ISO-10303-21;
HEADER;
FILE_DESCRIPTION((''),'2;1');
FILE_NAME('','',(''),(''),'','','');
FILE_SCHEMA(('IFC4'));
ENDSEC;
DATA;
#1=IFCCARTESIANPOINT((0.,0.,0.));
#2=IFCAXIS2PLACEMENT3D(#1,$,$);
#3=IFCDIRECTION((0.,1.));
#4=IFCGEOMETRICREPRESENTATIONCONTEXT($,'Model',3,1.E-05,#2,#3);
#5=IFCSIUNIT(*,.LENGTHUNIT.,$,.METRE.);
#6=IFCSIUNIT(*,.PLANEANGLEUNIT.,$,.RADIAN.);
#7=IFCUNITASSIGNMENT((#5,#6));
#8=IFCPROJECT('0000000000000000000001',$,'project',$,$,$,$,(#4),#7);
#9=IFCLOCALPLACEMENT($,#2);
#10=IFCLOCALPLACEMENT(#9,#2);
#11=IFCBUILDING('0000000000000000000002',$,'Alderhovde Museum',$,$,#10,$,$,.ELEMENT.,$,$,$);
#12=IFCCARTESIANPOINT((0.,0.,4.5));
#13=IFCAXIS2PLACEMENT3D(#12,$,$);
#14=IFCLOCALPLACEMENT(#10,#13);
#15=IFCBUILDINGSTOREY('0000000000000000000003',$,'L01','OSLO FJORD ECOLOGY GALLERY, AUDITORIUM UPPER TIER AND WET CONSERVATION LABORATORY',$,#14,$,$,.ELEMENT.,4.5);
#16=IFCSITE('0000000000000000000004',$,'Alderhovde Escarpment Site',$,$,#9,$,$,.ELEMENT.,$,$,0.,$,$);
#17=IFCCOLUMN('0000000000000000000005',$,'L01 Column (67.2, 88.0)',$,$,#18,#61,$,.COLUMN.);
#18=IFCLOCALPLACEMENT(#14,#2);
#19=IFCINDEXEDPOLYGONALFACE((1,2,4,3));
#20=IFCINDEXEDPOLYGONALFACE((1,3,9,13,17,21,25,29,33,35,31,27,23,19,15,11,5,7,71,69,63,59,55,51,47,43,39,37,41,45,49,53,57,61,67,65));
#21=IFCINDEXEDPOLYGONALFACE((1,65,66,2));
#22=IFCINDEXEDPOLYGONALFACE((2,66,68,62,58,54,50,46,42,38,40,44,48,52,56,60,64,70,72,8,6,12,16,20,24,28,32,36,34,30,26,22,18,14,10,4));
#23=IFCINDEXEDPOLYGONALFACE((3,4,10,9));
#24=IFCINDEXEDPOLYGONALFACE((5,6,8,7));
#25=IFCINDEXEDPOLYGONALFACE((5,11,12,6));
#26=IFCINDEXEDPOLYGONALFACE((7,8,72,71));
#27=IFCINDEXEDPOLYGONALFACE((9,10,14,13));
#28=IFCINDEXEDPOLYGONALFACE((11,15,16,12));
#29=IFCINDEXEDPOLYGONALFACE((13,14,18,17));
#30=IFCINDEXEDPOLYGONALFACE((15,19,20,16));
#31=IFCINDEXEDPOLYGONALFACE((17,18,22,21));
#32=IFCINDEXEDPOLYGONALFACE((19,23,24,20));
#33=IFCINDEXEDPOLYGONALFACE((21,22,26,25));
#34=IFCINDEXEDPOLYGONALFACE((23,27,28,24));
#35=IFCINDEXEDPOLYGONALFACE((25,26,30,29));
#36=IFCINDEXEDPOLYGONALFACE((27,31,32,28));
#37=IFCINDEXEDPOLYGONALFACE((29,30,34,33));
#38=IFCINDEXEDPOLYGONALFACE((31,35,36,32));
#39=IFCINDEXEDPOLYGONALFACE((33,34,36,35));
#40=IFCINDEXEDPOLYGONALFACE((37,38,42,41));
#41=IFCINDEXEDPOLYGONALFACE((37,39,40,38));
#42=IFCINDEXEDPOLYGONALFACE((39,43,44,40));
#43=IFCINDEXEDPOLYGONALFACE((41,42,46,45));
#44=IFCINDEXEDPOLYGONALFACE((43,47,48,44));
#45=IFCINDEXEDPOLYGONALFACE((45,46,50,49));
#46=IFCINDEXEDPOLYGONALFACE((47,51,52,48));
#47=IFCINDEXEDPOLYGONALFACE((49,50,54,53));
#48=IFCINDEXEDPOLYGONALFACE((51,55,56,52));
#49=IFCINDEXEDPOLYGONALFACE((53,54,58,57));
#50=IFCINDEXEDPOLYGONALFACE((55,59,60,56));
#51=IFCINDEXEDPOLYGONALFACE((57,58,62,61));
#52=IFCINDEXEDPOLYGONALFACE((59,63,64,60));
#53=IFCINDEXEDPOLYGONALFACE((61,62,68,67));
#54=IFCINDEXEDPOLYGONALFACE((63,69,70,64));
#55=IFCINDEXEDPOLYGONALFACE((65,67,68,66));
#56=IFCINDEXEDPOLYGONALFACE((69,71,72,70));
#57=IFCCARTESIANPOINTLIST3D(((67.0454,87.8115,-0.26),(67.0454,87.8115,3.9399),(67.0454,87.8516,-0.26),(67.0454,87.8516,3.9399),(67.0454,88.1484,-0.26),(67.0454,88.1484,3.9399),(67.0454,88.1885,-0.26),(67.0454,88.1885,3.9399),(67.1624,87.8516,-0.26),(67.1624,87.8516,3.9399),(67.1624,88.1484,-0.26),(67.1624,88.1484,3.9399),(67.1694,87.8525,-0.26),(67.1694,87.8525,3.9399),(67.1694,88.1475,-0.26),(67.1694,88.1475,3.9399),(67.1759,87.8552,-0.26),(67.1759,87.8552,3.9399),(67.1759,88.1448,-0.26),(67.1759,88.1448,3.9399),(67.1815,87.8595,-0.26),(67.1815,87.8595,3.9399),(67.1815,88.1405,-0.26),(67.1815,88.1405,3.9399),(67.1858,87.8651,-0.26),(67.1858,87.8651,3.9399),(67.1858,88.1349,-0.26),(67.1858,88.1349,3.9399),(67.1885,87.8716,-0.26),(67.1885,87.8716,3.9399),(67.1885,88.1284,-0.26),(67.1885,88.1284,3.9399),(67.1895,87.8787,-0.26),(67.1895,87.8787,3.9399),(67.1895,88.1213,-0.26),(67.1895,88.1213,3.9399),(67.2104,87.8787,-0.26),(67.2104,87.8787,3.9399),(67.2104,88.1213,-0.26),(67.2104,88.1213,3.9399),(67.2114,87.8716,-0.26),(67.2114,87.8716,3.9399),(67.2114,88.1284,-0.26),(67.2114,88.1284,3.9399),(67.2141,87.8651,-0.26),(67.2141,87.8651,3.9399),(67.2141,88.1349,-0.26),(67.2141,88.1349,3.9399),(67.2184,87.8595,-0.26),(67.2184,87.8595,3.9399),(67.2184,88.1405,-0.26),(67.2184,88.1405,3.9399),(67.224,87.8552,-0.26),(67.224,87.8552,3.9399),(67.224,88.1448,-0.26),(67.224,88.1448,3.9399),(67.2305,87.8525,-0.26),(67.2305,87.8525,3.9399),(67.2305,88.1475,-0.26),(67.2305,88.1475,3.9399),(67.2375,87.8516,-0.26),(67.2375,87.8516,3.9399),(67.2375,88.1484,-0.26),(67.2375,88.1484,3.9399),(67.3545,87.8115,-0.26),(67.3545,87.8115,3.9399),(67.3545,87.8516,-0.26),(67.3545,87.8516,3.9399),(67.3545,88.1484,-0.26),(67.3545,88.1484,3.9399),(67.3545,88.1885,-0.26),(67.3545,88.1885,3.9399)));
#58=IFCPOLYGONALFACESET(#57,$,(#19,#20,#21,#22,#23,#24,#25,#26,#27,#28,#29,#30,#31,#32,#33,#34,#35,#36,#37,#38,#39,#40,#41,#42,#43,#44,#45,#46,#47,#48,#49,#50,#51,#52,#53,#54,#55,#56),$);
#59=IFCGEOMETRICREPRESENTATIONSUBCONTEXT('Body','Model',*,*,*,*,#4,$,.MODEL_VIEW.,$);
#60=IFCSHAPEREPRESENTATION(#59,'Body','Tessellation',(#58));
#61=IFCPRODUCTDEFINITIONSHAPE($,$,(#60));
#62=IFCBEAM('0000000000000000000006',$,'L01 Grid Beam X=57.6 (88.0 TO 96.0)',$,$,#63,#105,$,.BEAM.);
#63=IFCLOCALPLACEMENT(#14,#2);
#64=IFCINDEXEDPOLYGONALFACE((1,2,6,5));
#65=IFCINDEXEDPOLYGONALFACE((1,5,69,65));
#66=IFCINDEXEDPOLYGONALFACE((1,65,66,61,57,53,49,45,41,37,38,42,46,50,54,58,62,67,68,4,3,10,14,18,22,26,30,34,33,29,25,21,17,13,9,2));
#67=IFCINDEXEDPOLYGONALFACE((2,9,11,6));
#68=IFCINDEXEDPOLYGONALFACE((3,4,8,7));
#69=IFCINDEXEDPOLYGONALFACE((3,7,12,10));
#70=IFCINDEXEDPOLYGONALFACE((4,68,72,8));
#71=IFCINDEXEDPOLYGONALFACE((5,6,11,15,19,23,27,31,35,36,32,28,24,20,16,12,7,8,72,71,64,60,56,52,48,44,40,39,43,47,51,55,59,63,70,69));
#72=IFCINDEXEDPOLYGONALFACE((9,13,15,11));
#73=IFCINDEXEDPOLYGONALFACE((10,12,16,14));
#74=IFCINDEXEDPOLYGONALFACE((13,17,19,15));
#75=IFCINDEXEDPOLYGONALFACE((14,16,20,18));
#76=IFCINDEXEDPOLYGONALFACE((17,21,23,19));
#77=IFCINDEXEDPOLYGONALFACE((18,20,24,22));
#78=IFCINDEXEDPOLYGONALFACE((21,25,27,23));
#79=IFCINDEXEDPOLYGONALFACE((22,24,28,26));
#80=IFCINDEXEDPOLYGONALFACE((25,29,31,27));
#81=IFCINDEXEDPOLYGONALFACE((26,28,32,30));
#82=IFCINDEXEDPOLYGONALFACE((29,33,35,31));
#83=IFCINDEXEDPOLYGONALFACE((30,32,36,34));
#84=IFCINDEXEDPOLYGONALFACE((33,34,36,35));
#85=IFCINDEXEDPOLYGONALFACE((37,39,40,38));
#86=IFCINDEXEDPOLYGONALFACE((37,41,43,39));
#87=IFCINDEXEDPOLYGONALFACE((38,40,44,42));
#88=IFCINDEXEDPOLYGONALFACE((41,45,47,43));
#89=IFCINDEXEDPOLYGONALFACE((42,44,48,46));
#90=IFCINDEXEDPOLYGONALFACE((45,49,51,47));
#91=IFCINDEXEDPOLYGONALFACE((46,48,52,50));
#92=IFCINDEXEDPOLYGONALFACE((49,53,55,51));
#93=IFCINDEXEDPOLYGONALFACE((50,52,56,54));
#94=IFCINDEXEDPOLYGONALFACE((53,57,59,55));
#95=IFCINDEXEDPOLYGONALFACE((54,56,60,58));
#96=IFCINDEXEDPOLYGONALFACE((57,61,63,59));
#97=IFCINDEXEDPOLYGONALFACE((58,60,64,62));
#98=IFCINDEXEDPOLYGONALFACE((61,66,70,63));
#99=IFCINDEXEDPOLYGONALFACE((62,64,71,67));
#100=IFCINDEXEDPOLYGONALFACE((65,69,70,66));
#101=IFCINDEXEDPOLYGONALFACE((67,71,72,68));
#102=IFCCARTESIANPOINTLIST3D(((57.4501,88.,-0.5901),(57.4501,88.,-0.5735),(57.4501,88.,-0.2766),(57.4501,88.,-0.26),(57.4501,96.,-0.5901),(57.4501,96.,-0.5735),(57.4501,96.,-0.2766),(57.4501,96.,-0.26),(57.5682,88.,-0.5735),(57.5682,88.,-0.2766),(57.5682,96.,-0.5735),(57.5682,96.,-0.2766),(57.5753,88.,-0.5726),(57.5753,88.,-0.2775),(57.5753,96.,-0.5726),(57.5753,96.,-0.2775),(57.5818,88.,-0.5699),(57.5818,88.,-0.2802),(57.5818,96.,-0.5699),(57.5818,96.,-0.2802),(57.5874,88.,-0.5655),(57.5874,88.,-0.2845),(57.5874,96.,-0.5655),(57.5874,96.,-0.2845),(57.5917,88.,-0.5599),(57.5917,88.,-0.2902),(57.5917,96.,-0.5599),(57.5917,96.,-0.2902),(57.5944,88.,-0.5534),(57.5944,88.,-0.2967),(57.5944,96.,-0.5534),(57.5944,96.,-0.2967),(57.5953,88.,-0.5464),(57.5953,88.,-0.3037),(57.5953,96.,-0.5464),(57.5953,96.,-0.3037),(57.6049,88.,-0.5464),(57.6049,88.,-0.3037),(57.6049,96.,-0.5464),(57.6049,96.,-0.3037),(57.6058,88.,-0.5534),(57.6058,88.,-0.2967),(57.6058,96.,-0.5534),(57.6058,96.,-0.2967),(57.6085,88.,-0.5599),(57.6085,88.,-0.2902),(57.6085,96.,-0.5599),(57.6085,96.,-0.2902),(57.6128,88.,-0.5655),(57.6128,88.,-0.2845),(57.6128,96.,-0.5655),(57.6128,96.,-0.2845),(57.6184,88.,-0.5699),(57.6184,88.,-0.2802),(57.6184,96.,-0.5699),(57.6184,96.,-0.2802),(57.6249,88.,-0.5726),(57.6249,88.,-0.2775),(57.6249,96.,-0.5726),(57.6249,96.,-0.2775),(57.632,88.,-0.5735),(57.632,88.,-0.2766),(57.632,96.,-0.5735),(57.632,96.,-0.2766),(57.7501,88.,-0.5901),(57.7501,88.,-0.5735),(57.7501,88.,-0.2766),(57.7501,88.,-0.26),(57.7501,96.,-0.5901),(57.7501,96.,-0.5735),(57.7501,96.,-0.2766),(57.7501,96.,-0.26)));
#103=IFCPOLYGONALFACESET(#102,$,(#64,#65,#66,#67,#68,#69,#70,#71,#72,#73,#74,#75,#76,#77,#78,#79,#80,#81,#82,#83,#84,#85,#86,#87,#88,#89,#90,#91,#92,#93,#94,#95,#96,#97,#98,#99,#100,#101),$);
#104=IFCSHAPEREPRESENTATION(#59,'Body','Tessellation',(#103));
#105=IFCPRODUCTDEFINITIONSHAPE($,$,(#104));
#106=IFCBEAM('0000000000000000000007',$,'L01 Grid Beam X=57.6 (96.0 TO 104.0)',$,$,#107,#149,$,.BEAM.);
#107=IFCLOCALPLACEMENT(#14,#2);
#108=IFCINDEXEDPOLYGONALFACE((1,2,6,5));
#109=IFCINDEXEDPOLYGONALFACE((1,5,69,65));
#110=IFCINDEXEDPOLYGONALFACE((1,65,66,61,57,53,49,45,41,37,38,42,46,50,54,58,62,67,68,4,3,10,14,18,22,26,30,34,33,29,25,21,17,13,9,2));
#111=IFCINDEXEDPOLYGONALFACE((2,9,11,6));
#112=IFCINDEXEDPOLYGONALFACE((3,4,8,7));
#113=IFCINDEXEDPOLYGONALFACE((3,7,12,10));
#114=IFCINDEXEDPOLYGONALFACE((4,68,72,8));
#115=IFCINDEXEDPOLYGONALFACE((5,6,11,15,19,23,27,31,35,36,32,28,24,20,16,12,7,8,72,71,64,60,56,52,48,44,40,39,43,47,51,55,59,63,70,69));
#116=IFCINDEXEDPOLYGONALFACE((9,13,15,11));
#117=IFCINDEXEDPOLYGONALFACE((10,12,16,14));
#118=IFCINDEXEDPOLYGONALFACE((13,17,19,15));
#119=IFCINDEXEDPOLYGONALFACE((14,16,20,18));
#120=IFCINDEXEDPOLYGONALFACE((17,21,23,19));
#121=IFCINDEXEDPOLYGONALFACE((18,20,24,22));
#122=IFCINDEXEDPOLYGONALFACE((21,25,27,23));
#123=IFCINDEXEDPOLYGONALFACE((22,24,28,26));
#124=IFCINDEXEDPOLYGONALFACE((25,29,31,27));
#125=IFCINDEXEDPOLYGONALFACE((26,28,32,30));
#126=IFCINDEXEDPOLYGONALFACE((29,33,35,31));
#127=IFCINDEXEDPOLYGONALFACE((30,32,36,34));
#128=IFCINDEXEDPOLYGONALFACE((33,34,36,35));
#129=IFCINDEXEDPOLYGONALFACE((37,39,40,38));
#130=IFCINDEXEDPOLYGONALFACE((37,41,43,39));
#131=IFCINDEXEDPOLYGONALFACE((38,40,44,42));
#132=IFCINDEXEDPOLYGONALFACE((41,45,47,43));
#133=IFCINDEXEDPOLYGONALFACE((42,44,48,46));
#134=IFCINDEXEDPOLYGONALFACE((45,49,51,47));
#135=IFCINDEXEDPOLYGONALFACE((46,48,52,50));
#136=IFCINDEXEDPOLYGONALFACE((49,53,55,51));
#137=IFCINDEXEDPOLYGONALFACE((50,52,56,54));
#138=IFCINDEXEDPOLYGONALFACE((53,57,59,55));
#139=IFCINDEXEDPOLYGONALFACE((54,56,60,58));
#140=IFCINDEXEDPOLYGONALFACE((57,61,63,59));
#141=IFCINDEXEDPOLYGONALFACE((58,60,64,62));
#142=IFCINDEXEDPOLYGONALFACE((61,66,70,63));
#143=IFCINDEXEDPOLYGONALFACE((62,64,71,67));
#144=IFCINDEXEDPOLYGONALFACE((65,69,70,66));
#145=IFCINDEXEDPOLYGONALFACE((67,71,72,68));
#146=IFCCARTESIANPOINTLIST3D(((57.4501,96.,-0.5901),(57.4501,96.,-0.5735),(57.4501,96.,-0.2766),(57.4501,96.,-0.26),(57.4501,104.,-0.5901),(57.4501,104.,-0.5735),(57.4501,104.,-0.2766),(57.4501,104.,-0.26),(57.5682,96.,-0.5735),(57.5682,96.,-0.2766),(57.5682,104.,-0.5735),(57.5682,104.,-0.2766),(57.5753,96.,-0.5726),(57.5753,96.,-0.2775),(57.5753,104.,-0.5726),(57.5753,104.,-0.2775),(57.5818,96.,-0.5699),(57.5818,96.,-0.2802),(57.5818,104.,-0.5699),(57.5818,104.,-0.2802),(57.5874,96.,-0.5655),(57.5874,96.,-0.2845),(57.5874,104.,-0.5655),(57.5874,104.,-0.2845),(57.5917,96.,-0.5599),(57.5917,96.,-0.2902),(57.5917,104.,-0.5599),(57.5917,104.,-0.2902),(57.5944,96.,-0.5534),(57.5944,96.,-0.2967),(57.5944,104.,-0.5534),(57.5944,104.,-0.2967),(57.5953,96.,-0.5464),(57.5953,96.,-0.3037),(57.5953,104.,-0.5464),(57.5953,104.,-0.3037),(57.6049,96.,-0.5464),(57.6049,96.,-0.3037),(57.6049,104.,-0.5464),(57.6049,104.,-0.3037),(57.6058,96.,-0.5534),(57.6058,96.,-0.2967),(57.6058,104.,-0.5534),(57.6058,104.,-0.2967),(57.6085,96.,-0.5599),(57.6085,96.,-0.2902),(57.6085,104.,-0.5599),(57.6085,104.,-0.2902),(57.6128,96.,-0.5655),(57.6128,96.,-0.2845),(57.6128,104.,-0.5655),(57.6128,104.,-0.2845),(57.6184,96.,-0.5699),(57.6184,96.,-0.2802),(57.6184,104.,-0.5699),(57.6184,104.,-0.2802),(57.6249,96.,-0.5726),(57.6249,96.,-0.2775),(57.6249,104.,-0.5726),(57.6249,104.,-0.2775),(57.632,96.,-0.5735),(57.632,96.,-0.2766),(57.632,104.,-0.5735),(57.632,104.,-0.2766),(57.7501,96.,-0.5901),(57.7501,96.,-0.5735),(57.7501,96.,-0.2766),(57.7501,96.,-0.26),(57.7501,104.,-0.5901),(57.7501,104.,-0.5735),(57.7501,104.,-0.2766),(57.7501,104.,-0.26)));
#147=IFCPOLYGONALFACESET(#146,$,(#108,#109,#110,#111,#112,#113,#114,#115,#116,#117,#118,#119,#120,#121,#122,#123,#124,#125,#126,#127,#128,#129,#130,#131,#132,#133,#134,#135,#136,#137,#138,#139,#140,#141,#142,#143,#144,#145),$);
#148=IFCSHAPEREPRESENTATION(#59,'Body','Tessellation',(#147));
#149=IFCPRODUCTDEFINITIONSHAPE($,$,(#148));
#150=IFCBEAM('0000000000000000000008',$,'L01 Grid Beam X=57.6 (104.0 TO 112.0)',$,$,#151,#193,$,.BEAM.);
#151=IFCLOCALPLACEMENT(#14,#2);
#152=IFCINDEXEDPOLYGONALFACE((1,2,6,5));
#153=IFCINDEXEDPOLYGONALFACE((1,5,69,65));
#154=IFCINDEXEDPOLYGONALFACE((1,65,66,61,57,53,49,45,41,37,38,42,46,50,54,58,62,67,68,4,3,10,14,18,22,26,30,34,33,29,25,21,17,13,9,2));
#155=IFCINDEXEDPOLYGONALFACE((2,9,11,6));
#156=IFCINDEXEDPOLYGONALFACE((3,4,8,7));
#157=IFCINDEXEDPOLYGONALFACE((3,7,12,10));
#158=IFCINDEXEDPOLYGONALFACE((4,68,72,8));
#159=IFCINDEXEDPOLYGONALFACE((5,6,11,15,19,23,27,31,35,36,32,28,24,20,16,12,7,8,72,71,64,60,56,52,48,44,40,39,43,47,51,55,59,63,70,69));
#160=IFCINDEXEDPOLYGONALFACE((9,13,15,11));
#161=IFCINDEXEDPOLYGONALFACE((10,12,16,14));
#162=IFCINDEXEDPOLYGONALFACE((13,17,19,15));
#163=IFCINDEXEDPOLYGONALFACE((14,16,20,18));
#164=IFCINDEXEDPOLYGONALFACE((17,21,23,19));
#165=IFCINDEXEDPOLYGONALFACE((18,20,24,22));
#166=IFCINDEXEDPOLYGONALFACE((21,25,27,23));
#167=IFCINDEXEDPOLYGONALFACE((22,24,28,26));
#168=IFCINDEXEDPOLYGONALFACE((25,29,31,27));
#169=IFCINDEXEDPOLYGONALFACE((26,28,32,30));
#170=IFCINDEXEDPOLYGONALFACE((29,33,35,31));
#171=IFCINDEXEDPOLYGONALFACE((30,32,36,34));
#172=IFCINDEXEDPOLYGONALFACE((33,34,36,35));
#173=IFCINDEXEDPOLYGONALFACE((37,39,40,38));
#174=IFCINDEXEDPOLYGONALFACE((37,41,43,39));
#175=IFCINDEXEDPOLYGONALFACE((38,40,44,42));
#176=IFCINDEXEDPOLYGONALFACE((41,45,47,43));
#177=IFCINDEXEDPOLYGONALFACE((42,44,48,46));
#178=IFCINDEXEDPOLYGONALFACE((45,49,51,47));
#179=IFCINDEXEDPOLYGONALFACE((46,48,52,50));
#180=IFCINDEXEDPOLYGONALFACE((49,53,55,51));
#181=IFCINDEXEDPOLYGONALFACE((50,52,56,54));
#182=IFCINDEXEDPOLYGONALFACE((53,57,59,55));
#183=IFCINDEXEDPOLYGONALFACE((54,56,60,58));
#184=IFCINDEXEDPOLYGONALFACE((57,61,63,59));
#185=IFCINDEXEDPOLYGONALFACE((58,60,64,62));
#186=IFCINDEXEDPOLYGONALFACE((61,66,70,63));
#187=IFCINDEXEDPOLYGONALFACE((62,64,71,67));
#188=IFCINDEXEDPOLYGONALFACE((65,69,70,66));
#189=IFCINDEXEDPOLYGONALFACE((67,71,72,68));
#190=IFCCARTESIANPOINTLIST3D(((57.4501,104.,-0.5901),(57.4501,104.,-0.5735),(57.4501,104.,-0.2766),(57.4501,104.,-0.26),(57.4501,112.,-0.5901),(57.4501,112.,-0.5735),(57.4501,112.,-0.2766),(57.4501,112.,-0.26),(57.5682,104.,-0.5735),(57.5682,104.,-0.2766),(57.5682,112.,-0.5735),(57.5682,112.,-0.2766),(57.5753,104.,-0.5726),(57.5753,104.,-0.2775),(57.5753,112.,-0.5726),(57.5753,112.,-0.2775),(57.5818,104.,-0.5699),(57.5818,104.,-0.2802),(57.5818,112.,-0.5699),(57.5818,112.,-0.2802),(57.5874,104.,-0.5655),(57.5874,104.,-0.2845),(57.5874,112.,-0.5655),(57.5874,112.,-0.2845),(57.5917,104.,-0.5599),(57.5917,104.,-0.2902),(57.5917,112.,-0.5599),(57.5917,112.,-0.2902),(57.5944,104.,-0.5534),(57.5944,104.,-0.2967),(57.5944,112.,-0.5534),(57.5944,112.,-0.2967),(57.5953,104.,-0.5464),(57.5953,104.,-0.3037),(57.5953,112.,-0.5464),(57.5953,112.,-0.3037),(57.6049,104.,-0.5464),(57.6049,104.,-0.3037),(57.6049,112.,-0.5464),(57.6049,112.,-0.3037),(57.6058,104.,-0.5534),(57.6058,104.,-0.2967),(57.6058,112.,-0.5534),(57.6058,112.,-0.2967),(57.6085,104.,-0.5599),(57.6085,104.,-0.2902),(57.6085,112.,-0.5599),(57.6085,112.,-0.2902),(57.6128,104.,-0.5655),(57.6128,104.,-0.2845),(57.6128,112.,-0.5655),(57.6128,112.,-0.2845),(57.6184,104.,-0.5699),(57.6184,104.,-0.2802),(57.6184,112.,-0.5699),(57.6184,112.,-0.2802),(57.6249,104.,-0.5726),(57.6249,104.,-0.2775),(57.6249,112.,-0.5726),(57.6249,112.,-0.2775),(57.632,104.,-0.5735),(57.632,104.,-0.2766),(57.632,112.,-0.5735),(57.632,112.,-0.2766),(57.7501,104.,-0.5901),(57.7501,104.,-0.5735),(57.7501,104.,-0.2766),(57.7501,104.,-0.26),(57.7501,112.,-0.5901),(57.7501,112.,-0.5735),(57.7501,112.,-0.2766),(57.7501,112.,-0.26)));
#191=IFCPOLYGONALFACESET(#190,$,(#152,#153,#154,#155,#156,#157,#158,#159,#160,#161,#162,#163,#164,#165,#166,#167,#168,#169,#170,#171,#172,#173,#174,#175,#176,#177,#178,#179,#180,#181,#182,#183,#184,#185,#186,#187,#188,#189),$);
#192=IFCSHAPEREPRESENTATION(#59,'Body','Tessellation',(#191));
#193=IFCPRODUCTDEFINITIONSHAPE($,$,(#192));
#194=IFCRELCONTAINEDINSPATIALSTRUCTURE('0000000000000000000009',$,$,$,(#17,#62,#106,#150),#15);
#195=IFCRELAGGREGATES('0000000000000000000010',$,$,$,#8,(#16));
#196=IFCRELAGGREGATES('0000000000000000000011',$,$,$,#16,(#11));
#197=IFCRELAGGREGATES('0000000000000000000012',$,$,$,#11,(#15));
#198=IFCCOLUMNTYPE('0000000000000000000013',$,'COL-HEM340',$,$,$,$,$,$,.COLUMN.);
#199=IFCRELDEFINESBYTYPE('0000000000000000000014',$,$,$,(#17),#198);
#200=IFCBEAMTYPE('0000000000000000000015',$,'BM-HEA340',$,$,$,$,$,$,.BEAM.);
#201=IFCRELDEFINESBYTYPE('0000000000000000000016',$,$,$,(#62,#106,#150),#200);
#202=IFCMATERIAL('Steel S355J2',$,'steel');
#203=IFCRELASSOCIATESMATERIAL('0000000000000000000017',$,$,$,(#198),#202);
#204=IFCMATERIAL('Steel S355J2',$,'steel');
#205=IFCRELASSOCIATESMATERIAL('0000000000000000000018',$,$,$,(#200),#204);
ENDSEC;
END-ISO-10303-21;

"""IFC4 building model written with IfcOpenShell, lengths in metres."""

from ifc_helpers import new_model, si_unit, direction, frame, origin, origin_2d, place, context, subcontext, project, spatial, i_section, extrude, material, material_profile, profile_set, type_object, element, save


model = new_model("IFC4")

# Units and contexts
model_context = context("Model", 3, precision=1e-05, world=origin(), true_north=direction((0.0, 1.0)))
body_context = subcontext(model_context, "Body", "Model", "MODEL_VIEW")
ifc_project = project(units=[si_unit("LENGTHUNIT", "METRE"), si_unit("PLANEANGLEUNIT", "RADIAN")], contexts=[model_context])

# Site, building, storey
site_placement = place(None, origin())
site = spatial("IfcSite", under=ifc_project, at=site_placement, Name="Alderhovde Escarpment Site", CompositionType="ELEMENT", RefElevation=0.0)
building_placement = place(site_placement, origin())
building = spatial("IfcBuilding", under=site, at=building_placement, Name="Alderhovde Museum", CompositionType="ELEMENT")
storey_placement = place(building_placement, frame((0.0, 0.0, 4.5)))
storey = spatial("IfcBuildingStorey", under=building, at=storey_placement, Name="L01", Description="OSLO FJORD ECOLOGY GALLERY, AUDITORIUM UPPER TIER AND WET CONSERVATION LABORATORY", CompositionType="ELEMENT", Elevation=4.5)

# Column
ifc_material_1 = material(Name="Steel S355J2", Category="steel")
ifc_material_profile_1 = material_profile(ifc_material_1, i_section(OverallWidth=0.3091, OverallDepth=0.377, WebThickness=0.021, FlangeThickness=0.04, FilletRadius=0.0271, at=origin_2d()), Name="HEM 340")
ifc_profile_set_1 = profile_set([ifc_material_profile_1], Name="Steel S355J2")
column_type_1 = type_object("IfcColumnType", Name="COL-HEM340", PredefinedType="COLUMN", material=ifc_profile_set_1)
for number, where, z_axis, x_axis, name in (
    (1, (67.2, 88.0, -0.26), (0.0, 0.0, 1.0), (1.0, 0.0, 0.0), "L01 Column (67.2, 88.0)"),
):
    element("IfcColumn", number, at=place(storey_placement, frame(where, z_axis=z_axis, x_axis=x_axis)), inside=storey, type_object=column_type_1, Name=name, PredefinedType="COLUMN", context=body_context, shape_type="SweptSolid", body=[
        extrude(i_section(OverallWidth=0.3091, OverallDepth=0.377, WebThickness=0.021, FlangeThickness=0.04, FilletRadius=0.0271, at=origin_2d()), origin(), (0.0, 0.0, 1.0), 4.2),
    ])

# Beams
ifc_material_2 = material(Name="Steel S355J2", Category="steel")
ifc_material_profile_2 = material_profile(ifc_material_2, i_section(OverallWidth=0.3, OverallDepth=0.3301, WebThickness=0.0095, FlangeThickness=0.0166, FilletRadius=0.0271, at=origin_2d()), Name="HEA 340")
ifc_profile_set_2 = profile_set([ifc_material_profile_2], Name="Steel S355J2")
beam_type_1 = type_object("IfcBeamType", Name="BM-HEA340", PredefinedType="BEAM", material=ifc_profile_set_2)
for number, where, z_axis, x_axis, name in (
    (2, (57.6001, 88.0, -0.425), (0.0, 1.0, 0.0), (-1.0, 0.0, 0.0), "L01 Grid Beam X=57.6 (88.0 TO 96.0)"),
    (3, (57.6001, 96.0, -0.425), (0.0, 1.0, 0.0), (-1.0, 0.0, 0.0), "L01 Grid Beam X=57.6 (96.0 TO 104.0)"),
    (4, (57.6001, 104.0, -0.425), (0.0, 1.0, 0.0), (-1.0, 0.0, 0.0), "L01 Grid Beam X=57.6 (104.0 TO 112.0)"),
):
    element("IfcBeam", number, at=place(storey_placement, frame(where, z_axis=z_axis, x_axis=x_axis)), inside=storey, type_object=beam_type_1, Name=name, PredefinedType="BEAM", context=body_context, shape_type="SweptSolid", body=[
        extrude(i_section(OverallWidth=0.3, OverallDepth=0.3301, WebThickness=0.0095, FlangeThickness=0.0166, FilletRadius=0.0271, at=origin_2d()), origin(), (0.0, 0.0, 1.0), 8.0),
    ])

save(model, "model.ifc")
